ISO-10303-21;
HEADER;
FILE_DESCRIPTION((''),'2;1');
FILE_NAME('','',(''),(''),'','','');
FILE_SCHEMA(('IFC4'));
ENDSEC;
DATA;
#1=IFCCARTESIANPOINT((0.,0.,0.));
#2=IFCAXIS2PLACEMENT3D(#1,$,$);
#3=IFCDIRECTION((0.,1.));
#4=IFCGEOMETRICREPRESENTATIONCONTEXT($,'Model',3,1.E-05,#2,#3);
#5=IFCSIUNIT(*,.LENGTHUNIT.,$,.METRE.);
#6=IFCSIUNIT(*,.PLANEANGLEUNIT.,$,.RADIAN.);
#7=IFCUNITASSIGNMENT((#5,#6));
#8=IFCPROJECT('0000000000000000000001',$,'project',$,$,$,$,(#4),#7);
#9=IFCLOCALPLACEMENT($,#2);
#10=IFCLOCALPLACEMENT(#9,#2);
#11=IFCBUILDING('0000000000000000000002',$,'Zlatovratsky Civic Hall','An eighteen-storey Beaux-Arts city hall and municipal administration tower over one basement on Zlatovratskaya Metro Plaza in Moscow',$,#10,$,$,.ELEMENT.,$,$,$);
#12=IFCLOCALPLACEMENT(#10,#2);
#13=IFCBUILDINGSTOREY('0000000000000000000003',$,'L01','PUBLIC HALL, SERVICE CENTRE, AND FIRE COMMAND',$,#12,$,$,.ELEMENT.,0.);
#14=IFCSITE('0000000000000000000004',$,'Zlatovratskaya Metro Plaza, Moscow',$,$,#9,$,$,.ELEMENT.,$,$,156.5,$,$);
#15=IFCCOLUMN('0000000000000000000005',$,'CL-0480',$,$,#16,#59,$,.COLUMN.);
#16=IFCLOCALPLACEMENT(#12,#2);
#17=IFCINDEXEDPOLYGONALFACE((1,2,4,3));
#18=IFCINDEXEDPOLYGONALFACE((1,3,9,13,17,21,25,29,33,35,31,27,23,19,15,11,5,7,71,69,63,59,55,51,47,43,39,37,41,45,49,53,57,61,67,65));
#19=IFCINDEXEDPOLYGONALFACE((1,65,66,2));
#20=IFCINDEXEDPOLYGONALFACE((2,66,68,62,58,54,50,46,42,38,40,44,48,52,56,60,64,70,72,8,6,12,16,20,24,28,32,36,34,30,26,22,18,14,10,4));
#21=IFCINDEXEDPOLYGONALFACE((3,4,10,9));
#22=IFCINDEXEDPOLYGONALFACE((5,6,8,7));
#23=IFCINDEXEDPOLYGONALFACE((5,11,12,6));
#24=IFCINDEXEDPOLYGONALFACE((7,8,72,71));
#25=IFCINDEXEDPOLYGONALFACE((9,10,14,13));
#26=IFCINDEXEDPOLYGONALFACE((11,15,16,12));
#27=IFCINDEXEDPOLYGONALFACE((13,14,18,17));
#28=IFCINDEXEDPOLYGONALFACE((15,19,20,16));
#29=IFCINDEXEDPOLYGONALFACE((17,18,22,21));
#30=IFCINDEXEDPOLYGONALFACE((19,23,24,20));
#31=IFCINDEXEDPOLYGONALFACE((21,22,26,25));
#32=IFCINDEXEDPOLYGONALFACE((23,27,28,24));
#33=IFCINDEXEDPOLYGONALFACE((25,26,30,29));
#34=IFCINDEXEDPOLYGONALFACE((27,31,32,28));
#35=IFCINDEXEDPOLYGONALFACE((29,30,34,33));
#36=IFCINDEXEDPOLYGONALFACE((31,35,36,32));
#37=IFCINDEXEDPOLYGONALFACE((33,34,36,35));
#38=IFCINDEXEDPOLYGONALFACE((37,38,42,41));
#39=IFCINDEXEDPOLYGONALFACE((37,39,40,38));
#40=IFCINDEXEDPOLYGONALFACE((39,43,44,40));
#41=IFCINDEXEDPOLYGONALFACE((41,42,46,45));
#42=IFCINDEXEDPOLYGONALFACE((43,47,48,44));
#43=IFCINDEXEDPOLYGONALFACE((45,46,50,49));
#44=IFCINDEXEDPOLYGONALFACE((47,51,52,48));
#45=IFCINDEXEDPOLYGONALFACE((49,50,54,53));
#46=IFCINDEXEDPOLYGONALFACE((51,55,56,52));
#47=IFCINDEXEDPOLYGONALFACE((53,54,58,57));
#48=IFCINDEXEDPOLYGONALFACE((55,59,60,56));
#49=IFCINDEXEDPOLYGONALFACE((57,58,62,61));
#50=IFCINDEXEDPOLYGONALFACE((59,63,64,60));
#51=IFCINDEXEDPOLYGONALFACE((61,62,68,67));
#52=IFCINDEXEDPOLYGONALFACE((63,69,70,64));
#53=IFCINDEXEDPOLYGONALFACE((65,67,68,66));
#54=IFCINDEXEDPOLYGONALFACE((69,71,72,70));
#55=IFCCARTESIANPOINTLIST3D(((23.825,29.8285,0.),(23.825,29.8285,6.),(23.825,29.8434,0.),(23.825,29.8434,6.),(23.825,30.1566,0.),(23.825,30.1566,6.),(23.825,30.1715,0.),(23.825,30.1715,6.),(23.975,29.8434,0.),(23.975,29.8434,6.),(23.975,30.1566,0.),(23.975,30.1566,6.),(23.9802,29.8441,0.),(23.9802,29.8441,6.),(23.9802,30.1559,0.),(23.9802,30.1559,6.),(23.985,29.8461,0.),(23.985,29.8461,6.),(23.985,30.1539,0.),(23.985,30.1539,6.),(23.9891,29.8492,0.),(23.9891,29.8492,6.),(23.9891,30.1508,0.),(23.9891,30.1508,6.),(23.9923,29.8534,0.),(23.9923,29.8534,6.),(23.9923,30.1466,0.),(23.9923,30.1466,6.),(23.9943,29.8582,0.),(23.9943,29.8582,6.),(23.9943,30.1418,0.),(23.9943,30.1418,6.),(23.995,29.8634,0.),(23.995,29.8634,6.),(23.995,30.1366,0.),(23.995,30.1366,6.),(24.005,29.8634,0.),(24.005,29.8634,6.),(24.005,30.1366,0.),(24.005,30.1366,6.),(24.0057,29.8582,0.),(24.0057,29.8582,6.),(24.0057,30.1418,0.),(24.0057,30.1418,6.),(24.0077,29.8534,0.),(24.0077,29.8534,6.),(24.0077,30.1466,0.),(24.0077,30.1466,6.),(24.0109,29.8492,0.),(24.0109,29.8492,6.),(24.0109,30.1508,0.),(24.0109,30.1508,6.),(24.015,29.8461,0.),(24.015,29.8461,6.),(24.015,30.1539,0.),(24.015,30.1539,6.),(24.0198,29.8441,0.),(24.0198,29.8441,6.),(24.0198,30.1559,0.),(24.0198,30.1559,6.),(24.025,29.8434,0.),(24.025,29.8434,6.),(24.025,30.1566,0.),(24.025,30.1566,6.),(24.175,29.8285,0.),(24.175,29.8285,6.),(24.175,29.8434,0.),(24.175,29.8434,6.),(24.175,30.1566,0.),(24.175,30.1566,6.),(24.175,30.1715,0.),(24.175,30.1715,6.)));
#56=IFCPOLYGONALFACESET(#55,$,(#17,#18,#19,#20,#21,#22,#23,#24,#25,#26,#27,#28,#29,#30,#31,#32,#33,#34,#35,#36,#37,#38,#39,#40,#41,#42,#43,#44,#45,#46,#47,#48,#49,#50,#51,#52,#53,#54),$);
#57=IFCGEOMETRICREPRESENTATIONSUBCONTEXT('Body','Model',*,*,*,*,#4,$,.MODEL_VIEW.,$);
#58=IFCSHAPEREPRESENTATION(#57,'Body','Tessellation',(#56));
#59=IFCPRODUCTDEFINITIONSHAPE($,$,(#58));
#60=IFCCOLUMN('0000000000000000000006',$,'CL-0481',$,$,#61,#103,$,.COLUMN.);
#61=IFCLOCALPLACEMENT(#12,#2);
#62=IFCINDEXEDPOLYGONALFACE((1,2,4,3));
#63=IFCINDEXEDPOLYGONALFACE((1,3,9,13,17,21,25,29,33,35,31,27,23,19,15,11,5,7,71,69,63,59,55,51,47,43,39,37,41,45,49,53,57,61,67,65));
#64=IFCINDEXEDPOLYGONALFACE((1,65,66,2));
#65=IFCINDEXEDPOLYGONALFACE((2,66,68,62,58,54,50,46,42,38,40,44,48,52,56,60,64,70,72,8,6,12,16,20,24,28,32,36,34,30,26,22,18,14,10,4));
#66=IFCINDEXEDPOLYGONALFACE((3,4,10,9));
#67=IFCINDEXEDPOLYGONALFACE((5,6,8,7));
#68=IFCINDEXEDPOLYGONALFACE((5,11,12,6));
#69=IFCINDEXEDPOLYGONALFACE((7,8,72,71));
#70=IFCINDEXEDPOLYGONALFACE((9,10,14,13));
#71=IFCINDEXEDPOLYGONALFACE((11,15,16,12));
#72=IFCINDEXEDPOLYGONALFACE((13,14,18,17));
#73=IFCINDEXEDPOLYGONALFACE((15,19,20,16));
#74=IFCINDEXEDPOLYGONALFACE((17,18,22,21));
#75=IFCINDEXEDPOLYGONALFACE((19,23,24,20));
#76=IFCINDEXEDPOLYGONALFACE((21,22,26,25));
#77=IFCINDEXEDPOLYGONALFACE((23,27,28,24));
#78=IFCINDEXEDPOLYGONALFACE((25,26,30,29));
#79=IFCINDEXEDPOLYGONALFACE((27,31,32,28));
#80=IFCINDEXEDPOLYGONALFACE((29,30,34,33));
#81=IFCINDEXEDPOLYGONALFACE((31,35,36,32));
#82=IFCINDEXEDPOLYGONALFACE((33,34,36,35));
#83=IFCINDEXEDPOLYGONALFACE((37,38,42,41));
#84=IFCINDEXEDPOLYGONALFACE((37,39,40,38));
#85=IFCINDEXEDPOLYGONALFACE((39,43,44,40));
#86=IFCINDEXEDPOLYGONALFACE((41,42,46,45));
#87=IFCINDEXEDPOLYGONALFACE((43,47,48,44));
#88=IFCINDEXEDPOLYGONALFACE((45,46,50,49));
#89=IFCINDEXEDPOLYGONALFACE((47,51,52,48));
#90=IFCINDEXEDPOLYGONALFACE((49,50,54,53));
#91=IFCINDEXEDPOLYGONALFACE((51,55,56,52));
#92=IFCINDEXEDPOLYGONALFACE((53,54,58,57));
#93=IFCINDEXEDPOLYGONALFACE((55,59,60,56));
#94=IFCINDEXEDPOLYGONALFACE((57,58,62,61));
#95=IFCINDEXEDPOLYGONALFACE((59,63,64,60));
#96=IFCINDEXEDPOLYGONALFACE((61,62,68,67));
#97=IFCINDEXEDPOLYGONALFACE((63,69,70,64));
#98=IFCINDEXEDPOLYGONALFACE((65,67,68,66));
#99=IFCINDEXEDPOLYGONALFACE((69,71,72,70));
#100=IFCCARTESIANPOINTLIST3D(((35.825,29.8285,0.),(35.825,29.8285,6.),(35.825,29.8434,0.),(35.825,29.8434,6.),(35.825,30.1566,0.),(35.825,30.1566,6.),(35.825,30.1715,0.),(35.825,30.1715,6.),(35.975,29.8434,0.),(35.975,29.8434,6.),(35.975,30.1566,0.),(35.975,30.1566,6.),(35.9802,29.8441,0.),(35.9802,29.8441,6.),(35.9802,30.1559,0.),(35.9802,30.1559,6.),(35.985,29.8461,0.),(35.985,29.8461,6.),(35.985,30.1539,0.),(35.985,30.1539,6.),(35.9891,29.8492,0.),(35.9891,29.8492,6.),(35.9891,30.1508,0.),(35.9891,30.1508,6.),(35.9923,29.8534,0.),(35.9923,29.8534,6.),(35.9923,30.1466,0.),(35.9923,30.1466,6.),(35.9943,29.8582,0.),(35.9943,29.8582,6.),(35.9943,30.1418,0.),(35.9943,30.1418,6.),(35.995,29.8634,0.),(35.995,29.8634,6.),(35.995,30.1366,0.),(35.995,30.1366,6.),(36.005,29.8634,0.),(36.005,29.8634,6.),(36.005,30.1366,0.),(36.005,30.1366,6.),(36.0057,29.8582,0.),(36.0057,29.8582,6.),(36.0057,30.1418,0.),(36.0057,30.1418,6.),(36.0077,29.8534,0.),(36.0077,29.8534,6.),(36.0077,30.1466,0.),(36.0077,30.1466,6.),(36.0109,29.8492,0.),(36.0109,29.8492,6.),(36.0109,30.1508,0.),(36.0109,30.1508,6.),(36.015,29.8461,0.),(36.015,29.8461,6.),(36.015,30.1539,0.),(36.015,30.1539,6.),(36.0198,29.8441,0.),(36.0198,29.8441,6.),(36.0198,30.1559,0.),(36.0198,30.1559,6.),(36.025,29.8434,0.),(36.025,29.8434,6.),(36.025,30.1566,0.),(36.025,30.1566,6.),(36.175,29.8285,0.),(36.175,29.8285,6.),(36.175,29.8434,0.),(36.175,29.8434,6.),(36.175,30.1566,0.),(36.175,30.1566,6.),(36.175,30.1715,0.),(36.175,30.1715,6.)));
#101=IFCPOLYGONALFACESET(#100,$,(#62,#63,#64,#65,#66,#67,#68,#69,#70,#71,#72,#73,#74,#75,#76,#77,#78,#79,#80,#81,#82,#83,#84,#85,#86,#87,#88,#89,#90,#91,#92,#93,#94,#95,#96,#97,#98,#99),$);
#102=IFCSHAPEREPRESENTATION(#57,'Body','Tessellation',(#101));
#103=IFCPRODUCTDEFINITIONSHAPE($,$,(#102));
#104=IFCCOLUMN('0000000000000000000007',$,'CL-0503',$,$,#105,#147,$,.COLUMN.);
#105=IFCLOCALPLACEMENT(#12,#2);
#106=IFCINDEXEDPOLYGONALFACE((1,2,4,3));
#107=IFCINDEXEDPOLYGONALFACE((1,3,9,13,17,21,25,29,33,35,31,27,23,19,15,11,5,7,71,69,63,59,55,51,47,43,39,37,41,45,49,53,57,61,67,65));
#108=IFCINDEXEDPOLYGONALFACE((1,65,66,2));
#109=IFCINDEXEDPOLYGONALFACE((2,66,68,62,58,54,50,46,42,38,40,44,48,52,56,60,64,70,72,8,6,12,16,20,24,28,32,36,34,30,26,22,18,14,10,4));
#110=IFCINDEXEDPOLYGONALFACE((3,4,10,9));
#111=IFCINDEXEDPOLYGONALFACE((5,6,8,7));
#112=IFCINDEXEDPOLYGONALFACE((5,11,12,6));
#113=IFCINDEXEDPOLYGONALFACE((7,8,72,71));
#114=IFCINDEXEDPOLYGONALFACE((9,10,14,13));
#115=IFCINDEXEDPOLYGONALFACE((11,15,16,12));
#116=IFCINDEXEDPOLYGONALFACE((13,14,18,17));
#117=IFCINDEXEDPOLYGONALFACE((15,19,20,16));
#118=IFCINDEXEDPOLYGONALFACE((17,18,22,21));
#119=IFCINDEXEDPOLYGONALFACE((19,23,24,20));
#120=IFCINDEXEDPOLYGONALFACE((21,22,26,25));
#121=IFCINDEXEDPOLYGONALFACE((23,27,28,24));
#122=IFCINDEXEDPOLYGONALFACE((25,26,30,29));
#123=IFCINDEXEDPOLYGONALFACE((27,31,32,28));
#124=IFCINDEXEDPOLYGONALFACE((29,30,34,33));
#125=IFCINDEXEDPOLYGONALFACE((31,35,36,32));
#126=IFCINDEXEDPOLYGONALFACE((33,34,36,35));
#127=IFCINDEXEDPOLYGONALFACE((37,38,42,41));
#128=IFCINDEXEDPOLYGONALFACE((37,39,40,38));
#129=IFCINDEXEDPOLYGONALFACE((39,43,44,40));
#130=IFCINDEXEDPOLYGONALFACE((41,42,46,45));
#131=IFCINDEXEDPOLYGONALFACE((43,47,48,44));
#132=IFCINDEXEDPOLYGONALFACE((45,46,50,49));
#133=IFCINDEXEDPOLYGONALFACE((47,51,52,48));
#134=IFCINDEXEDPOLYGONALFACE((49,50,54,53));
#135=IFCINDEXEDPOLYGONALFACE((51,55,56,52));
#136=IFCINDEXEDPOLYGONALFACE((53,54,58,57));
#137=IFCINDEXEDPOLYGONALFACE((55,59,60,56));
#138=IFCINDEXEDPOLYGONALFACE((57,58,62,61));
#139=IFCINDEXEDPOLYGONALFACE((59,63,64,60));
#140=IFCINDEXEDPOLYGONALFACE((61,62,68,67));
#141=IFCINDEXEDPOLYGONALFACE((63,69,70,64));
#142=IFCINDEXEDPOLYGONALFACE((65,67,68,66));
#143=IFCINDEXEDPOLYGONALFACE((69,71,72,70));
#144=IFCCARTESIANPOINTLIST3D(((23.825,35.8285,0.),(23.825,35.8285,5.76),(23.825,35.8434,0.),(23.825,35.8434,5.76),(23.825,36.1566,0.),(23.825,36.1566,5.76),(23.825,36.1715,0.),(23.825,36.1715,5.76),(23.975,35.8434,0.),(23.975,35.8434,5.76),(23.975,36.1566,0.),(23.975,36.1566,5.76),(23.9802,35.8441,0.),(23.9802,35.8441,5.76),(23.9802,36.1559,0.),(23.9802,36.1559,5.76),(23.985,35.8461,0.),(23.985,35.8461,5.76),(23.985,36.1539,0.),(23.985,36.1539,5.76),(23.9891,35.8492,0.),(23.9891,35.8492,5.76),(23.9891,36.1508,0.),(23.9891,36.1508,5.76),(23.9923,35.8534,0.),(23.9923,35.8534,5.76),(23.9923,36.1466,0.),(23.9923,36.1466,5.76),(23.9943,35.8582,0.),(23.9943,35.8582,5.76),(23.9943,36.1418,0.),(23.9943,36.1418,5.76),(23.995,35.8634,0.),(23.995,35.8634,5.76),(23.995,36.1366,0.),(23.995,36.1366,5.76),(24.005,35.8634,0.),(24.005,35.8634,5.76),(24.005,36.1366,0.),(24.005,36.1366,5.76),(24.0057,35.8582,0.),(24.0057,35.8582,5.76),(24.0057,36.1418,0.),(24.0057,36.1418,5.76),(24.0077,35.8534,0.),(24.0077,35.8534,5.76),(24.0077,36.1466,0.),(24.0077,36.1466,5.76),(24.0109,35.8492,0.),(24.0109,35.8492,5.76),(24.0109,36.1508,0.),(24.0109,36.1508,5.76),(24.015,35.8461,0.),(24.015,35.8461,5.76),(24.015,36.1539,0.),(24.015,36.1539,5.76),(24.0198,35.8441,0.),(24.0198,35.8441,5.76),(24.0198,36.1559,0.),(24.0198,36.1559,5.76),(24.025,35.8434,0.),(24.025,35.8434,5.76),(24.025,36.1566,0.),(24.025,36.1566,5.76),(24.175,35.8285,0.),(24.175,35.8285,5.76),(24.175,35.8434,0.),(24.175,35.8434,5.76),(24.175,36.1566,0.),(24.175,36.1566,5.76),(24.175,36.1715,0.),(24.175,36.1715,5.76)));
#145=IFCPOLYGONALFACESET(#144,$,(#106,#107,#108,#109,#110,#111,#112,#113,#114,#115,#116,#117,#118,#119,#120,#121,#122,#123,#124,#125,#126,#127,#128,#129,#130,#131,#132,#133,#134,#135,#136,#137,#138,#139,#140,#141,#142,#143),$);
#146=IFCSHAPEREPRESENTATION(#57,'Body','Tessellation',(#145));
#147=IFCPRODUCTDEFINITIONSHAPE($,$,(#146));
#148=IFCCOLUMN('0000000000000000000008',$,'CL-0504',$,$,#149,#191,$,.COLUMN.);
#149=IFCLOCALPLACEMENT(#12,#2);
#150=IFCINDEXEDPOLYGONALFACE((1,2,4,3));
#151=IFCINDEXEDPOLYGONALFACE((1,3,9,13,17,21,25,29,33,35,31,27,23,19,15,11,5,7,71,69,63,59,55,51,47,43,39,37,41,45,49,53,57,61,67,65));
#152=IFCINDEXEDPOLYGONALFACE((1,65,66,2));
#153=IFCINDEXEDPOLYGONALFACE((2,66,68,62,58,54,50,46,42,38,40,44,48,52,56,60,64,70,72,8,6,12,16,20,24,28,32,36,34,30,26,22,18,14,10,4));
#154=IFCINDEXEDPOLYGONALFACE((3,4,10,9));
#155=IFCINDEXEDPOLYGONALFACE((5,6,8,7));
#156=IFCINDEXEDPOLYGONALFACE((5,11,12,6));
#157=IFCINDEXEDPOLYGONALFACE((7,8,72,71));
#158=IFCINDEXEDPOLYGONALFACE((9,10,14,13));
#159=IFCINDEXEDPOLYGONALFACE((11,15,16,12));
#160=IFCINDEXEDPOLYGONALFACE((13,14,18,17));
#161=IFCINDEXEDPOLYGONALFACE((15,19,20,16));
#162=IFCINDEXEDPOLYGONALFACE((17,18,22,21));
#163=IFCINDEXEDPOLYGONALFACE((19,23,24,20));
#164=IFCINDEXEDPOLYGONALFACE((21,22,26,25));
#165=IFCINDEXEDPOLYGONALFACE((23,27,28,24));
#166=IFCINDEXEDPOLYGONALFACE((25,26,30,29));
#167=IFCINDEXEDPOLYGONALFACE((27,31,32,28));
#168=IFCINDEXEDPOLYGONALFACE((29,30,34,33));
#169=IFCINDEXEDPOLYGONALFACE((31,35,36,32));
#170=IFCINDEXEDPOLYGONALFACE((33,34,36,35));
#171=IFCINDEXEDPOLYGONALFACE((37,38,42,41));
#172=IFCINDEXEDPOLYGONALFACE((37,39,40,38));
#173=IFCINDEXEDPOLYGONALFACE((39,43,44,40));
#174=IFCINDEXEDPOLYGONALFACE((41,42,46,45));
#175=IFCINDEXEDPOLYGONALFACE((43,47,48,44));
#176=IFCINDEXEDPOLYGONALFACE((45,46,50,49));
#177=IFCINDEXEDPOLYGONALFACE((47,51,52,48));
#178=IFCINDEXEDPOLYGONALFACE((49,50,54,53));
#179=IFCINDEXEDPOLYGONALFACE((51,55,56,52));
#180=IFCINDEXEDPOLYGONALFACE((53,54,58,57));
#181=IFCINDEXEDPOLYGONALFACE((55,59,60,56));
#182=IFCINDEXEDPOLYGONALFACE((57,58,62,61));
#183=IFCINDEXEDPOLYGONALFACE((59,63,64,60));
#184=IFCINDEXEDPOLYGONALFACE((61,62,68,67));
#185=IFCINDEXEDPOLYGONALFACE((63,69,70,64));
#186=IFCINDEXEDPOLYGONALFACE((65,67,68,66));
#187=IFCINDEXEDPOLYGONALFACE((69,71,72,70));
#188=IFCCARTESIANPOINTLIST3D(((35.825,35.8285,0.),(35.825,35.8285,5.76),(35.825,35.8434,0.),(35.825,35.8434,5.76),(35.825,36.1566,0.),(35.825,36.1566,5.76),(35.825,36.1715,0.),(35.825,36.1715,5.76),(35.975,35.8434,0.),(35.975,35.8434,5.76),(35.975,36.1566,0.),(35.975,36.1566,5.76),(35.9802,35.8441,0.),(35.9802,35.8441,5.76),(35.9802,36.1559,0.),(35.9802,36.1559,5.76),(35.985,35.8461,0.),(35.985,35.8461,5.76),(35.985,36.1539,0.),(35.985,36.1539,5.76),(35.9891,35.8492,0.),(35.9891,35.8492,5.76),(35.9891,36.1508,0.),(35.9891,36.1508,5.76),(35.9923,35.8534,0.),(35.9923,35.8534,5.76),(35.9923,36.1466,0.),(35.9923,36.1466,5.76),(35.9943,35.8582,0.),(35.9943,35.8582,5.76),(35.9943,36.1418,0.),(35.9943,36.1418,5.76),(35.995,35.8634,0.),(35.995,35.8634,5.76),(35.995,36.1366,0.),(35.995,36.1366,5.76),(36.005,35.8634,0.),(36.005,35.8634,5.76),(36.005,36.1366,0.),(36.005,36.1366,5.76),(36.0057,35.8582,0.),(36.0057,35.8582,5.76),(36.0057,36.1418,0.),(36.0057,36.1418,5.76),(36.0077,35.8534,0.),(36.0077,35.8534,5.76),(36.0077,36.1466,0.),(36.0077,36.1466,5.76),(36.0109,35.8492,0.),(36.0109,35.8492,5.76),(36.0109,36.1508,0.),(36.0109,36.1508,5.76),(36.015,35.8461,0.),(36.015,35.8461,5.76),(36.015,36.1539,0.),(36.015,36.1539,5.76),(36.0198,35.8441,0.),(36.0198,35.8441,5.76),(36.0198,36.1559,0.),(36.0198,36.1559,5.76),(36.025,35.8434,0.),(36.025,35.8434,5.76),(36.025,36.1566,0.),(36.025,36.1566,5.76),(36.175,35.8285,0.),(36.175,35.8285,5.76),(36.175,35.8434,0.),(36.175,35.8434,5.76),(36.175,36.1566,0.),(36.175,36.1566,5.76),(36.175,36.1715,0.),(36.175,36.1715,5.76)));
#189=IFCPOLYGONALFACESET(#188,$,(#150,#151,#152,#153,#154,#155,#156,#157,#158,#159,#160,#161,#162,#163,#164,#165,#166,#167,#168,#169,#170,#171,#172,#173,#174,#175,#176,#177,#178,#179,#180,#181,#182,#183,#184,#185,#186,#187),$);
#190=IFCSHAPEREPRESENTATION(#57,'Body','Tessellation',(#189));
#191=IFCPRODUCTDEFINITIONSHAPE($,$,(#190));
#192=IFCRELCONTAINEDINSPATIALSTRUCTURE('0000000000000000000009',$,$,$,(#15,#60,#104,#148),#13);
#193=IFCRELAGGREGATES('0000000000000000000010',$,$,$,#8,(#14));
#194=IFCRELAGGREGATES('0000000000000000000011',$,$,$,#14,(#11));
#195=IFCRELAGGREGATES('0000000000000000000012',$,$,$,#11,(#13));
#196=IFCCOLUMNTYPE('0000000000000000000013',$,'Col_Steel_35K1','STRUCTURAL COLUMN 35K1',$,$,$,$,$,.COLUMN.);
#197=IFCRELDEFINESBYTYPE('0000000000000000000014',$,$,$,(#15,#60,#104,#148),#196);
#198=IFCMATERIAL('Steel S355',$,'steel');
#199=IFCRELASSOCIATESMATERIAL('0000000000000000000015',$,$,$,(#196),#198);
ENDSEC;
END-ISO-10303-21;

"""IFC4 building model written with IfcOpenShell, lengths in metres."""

from ifc_helpers import new_model, si_unit, direction, frame, origin, origin_2d, place, context, subcontext, project, spatial, i_section, extrude, material, material_profile, profile_set, type_object, element, save


model = new_model("IFC4")

# Units and contexts
model_context = context("Model", 3, precision=1e-05, world=origin(), true_north=direction((0.0, 1.0)))
body_context = subcontext(model_context, "Body", "Model", "MODEL_VIEW")
ifc_project = project(units=[si_unit("LENGTHUNIT", "METRE"), si_unit("PLANEANGLEUNIT", "RADIAN")], contexts=[model_context])

# Site, building, storey
site_placement = place(None, origin())
site = spatial("IfcSite", under=ifc_project, at=site_placement, Name="Zlatovratskaya Metro Plaza, Moscow", CompositionType="ELEMENT", RefElevation=156.5)
building_placement = place(site_placement, origin())
building = spatial("IfcBuilding", under=site, at=building_placement, Name="Zlatovratsky Civic Hall", Description="An eighteen-storey Beaux-Arts city hall and municipal administration tower over one basement on Zlatovratskaya Metro Plaza in Moscow", CompositionType="ELEMENT")
storey_placement = place(building_placement, origin())
storey = spatial("IfcBuildingStorey", under=building, at=storey_placement, Name="L01", Description="PUBLIC HALL, SERVICE CENTRE, AND FIRE COMMAND", CompositionType="ELEMENT", Elevation=0.0)

# Columns
ifc_material = material(Name="Steel S355", Category="steel")
ifc_material_profile_1 = material_profile(ifc_material, i_section(OverallWidth=0.3501, OverallDepth=0.343, WebThickness=0.01, FlangeThickness=0.0149, FilletRadius=0.02, at=origin_2d()), Name="35K1")
ifc_profile_set_1 = profile_set([ifc_material_profile_1], Name="Steel S355")
column_type = type_object("IfcColumnType", Name="Col_Steel_35K1", Description="STRUCTURAL COLUMN 35K1", PredefinedType="COLUMN", material=ifc_profile_set_1)
for number, where, z_axis, x_axis, name in (
    (1, (24.0, 30.0, 0.0), (0.0, 0.0, 1.0), (1.0, 0.0, 0.0), "CL-0480"),
    (2, (36.0, 30.0, 0.0), (0.0, 0.0, 1.0), (1.0, 0.0, 0.0), "CL-0481"),
):
    element("IfcColumn", number, at=place(storey_placement, frame(where, z_axis=z_axis, x_axis=x_axis)), inside=storey, type_object=column_type, Name=name, PredefinedType="COLUMN", context=body_context, shape_type="SweptSolid", body=[
        extrude(i_section(OverallWidth=0.3501, OverallDepth=0.343, WebThickness=0.01, FlangeThickness=0.0149, FilletRadius=0.02, at=origin_2d()), origin(), (0.0, 0.0, 1.0), 6.0),
    ])
for number, where, z_axis, x_axis, name in (
    (3, (24.0, 36.0, 0.0), (0.0, 0.0, 1.0), (1.0, 0.0, 0.0), "CL-0503"),
    (4, (36.0, 36.0, 0.0), (0.0, 0.0, 1.0), (1.0, 0.0, 0.0), "CL-0504"),
):
    element("IfcColumn", number, at=place(storey_placement, frame(where, z_axis=z_axis, x_axis=x_axis)), inside=storey, type_object=column_type, Name=name, PredefinedType="COLUMN", context=body_context, shape_type="SweptSolid", body=[
        extrude(i_section(OverallWidth=0.3501, OverallDepth=0.343, WebThickness=0.01, FlangeThickness=0.0149, FilletRadius=0.02, at=origin_2d()), origin(), (0.0, 0.0, 1.0), 5.76),
    ])

save(model, "model.ifc")
